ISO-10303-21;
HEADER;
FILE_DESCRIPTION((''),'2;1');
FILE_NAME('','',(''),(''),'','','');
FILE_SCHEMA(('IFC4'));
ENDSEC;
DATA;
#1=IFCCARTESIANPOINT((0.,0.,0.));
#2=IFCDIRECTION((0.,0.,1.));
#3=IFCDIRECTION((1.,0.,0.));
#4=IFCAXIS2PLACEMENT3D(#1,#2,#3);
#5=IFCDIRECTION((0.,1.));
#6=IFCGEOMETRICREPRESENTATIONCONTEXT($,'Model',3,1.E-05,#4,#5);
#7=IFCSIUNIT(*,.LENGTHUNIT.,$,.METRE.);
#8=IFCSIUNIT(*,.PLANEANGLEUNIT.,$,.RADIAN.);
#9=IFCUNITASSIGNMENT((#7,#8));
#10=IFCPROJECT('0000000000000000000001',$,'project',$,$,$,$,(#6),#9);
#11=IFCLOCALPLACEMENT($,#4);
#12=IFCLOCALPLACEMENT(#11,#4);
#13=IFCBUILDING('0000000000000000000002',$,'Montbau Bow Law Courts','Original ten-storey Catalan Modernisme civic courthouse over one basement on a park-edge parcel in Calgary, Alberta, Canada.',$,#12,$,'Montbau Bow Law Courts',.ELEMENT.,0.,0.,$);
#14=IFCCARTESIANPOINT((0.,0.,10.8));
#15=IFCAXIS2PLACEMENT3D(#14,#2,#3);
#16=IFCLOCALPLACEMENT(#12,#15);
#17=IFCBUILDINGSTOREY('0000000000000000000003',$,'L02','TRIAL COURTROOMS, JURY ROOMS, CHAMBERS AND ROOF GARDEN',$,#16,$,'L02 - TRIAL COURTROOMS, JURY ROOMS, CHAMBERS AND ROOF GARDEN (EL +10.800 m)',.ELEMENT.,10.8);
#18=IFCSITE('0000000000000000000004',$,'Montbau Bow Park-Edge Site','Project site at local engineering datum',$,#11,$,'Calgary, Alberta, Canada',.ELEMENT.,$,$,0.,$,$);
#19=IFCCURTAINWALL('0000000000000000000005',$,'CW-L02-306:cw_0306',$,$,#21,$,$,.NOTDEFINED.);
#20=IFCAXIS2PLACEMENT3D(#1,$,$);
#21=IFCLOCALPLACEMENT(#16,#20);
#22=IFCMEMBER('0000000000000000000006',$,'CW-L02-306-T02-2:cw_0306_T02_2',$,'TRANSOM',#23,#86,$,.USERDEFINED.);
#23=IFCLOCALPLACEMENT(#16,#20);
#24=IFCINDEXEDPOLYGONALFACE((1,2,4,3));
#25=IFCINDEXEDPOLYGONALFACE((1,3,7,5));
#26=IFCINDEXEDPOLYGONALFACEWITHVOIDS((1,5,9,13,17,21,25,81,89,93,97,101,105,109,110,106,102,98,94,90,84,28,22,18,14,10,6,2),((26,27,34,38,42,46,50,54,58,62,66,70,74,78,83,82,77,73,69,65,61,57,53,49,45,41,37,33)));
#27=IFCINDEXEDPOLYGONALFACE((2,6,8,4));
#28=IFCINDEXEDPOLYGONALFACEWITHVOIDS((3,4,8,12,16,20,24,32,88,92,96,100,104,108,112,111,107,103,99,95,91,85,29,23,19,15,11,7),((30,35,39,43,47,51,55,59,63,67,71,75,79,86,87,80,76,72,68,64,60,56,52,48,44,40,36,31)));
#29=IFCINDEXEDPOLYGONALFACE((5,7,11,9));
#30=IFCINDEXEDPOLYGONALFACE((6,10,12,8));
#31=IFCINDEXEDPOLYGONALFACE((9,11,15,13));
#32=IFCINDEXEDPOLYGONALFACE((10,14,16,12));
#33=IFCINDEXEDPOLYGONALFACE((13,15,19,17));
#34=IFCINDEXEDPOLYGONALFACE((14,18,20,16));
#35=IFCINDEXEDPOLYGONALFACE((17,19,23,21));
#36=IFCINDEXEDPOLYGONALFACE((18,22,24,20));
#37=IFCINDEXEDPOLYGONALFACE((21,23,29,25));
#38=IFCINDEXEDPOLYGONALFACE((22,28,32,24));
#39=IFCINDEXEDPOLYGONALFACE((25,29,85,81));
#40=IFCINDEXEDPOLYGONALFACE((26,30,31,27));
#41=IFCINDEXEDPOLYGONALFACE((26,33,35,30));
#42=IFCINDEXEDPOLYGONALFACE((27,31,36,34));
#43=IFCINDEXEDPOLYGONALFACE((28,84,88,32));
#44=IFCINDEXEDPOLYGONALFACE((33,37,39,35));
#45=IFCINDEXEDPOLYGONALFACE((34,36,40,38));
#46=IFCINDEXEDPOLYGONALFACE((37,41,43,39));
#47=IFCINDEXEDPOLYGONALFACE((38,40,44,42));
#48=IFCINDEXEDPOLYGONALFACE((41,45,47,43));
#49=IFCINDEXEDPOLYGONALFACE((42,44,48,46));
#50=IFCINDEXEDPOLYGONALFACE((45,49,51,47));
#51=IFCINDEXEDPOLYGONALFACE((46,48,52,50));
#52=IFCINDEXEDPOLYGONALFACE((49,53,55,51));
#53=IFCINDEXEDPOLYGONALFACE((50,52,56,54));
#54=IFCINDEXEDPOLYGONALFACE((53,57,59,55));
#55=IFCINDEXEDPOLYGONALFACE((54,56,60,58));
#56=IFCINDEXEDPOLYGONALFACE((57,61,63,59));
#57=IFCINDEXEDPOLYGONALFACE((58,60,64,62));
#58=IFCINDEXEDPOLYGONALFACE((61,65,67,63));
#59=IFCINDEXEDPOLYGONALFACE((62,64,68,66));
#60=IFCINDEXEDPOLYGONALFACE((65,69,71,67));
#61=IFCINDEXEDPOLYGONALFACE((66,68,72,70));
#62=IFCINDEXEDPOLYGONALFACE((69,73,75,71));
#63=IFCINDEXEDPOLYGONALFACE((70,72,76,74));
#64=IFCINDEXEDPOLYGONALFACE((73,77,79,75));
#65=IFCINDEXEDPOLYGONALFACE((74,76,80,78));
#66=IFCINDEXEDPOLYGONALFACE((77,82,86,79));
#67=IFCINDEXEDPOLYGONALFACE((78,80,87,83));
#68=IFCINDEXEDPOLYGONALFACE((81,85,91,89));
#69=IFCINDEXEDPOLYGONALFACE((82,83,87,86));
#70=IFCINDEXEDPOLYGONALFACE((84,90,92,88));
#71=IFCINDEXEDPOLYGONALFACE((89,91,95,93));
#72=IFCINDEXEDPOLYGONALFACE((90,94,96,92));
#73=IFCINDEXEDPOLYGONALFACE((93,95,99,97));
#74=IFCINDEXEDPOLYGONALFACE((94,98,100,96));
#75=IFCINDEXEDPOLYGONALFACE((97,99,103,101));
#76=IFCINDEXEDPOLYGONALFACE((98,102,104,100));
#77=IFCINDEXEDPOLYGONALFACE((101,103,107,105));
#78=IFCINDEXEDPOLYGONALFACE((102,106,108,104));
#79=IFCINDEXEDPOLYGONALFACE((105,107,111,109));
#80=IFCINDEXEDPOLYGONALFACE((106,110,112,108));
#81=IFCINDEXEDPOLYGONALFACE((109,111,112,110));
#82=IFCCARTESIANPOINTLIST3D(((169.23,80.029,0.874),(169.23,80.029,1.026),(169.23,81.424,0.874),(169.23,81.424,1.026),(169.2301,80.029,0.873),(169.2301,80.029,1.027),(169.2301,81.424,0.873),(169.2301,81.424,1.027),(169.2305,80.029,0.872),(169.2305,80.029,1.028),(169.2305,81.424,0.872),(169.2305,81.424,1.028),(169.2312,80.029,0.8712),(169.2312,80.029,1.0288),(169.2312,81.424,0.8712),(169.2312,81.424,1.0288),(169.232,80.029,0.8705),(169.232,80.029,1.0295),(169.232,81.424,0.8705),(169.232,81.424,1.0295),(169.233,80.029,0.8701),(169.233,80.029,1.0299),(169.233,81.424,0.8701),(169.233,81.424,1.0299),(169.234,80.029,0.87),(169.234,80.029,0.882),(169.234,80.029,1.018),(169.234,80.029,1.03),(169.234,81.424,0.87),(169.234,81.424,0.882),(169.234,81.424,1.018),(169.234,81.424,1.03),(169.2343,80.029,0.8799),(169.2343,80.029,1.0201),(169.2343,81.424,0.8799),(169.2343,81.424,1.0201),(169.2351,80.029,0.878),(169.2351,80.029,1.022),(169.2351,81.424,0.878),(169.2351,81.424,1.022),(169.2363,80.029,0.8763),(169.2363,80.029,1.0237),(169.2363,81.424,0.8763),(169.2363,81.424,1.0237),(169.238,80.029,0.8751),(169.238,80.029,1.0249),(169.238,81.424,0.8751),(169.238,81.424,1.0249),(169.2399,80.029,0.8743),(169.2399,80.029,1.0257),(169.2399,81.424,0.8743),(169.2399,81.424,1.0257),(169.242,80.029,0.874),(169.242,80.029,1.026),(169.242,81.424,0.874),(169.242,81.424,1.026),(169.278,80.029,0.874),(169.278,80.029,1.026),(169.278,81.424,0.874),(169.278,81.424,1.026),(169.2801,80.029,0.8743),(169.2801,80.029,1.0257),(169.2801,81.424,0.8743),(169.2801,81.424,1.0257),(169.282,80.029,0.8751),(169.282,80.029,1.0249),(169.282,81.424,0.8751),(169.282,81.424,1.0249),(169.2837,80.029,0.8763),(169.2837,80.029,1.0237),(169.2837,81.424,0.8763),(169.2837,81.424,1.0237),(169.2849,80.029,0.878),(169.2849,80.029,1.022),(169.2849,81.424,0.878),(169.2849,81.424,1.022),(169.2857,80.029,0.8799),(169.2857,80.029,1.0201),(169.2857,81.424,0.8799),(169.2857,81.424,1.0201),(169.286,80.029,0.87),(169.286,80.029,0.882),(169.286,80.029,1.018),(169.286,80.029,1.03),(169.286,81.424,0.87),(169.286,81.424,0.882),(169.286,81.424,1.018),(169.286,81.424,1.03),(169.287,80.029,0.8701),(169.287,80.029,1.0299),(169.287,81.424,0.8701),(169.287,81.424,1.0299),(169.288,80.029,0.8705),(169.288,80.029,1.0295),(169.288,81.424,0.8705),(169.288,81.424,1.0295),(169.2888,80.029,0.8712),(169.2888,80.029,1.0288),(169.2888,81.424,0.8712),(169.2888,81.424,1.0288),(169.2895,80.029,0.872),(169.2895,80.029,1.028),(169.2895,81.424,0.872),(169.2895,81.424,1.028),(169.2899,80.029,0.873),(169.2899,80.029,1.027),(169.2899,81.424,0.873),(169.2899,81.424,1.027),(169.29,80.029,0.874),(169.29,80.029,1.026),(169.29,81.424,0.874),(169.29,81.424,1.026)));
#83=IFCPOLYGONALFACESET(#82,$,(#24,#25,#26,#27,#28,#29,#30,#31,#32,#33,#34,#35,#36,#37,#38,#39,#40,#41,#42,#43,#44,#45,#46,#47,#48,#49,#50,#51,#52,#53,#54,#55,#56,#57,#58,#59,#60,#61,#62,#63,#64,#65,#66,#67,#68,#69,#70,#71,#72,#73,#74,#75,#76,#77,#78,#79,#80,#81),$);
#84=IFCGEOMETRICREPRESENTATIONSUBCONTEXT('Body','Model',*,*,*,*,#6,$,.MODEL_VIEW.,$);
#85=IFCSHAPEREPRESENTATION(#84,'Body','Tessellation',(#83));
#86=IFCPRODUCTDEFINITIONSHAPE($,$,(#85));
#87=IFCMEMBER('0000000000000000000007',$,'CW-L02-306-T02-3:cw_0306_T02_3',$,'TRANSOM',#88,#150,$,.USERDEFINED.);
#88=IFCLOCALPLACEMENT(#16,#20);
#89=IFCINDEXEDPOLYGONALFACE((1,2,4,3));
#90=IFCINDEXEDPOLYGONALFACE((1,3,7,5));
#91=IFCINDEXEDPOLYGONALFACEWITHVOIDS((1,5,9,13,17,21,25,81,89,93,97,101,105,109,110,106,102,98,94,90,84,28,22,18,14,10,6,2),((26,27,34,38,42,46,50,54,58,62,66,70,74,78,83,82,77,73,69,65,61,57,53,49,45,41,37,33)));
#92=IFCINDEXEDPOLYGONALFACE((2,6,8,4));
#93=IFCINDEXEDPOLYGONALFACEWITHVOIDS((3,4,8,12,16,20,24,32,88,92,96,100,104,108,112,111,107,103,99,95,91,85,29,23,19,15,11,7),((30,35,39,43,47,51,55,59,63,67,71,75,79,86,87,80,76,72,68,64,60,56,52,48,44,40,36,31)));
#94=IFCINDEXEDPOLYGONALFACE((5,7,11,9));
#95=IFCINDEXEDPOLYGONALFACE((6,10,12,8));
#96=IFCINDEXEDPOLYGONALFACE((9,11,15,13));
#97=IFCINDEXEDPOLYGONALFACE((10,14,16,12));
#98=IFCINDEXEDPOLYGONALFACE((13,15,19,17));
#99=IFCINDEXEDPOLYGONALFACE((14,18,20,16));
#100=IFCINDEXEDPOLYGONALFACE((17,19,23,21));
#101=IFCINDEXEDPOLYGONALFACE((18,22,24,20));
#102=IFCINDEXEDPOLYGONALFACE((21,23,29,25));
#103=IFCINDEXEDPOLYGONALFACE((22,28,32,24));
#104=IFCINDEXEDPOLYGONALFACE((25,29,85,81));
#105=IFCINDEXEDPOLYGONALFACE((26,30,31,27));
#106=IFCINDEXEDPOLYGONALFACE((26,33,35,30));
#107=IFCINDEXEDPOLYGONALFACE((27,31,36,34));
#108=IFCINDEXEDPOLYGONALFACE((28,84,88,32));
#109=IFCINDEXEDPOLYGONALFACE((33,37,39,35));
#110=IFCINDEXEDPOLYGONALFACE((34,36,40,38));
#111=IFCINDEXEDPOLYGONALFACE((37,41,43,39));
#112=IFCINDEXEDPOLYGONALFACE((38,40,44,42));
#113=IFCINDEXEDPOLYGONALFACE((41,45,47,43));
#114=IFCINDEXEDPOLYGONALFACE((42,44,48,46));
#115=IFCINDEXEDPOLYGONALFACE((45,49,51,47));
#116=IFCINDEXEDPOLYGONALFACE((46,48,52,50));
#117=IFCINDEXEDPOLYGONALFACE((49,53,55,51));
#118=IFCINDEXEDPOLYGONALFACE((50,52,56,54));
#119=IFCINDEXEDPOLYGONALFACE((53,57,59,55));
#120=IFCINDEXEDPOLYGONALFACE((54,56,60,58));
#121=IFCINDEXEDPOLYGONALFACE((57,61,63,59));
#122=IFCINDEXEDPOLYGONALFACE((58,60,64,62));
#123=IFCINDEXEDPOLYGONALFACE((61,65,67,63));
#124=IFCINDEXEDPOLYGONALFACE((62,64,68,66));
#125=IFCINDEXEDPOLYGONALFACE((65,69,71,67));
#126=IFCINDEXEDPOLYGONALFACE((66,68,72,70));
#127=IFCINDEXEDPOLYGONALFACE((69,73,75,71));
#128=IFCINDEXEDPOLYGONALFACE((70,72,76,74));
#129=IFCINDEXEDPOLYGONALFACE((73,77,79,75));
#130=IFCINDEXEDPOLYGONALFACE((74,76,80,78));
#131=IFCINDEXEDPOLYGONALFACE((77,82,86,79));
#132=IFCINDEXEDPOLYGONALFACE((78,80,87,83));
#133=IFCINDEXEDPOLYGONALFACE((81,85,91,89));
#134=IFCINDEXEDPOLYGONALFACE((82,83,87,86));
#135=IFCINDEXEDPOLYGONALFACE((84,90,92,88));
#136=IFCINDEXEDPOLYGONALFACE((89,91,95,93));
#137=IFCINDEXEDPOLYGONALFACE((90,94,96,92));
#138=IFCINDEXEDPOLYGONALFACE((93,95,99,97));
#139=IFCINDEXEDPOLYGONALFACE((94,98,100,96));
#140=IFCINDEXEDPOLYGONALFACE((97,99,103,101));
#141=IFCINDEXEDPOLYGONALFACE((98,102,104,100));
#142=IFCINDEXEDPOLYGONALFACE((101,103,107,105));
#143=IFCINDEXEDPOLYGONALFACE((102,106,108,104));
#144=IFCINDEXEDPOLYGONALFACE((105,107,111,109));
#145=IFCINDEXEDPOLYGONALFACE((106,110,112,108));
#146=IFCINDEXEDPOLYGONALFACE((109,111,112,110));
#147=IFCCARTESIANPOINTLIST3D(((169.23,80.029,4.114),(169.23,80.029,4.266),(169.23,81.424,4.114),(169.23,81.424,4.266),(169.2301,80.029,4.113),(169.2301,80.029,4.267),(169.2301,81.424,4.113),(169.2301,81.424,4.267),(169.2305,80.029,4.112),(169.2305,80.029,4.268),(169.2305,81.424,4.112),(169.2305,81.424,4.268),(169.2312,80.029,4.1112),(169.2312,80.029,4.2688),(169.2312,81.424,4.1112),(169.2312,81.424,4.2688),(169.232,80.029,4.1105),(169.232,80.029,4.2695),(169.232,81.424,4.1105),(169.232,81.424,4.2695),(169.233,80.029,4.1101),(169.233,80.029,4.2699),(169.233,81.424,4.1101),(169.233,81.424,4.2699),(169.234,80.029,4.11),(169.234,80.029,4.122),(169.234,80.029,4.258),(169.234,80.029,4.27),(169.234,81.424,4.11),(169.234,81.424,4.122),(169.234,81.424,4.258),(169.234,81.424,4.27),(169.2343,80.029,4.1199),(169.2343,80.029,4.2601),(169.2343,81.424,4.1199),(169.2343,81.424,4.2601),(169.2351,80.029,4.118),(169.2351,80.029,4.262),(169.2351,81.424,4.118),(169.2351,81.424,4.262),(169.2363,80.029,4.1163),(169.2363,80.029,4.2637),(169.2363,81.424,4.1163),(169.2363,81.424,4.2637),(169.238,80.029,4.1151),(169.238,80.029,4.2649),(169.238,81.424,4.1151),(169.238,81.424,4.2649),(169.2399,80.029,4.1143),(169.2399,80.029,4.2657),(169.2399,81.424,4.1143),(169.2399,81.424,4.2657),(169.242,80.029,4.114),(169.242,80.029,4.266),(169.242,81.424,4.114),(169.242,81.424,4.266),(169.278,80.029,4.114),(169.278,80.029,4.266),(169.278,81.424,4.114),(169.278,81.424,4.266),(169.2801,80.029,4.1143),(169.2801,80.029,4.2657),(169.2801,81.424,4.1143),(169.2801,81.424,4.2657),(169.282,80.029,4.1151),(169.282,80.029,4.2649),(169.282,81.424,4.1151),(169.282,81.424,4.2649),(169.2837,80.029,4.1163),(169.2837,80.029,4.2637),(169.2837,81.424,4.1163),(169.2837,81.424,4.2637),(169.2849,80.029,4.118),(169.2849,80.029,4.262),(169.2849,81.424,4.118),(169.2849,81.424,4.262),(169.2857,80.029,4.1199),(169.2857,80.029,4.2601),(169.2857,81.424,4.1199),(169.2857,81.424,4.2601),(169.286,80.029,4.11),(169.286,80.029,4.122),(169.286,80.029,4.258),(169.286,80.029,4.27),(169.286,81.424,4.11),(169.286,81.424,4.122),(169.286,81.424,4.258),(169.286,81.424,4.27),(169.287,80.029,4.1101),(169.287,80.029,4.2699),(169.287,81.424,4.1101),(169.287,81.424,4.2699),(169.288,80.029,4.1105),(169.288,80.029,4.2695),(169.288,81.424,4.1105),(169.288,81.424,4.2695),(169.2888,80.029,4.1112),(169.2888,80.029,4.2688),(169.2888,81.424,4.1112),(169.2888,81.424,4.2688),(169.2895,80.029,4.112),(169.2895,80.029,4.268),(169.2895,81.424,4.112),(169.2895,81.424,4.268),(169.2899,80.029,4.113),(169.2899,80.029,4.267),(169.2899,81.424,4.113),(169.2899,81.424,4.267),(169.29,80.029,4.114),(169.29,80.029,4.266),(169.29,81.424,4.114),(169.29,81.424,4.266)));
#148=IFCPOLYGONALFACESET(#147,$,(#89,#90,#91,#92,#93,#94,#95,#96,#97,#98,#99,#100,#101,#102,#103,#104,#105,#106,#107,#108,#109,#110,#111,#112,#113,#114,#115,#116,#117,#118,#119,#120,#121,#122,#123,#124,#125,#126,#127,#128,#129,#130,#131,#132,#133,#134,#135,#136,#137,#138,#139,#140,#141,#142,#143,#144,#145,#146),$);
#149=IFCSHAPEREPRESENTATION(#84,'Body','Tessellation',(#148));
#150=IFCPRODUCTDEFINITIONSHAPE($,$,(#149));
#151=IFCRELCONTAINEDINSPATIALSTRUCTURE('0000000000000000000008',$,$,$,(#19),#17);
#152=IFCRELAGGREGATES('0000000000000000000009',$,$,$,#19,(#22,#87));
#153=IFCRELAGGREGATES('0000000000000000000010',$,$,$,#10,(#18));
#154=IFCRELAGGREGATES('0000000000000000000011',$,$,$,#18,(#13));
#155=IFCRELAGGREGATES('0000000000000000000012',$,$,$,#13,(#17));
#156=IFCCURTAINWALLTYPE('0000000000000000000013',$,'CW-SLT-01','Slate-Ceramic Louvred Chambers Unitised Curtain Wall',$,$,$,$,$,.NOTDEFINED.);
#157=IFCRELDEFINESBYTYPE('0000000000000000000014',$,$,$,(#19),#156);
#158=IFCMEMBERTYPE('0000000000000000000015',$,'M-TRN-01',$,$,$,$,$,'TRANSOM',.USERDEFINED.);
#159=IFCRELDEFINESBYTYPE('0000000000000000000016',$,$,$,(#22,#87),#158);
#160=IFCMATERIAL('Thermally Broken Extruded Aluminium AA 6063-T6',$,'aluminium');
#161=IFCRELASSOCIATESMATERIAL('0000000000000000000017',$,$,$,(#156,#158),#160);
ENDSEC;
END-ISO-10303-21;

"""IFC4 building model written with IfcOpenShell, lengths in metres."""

from ifc_helpers import new_model, si_unit, direction, frame, origin_with_axes, origin_2d_with_axis, place, context, subcontext, project, spatial, hollow_rectangle, extrude, material, material_profile, profile_set, type_object, element, aggregate, save


model = new_model("IFC4")

# Units and contexts
model_context = context("Model", 3, precision=1e-05, world=origin_with_axes(), true_north=direction((0.0, 1.0)))
body_context = subcontext(model_context, "Body", "Model", "MODEL_VIEW")
ifc_project = project(units=[si_unit("LENGTHUNIT", "METRE"), si_unit("PLANEANGLEUNIT", "RADIAN")], contexts=[model_context])

# Site, building, storey
site_placement = place(None, origin_with_axes())
site = spatial("IfcSite", under=ifc_project, at=site_placement, Name="Montbau Bow Park-Edge Site", Description="Project site at local engineering datum", LongName="Calgary, Alberta, Canada", CompositionType="ELEMENT", RefElevation=0.0)
building_placement = place(site_placement, origin_with_axes())
building = spatial("IfcBuilding", under=site, at=building_placement, Name="Montbau Bow Law Courts", Description="Original ten-storey Catalan Modernisme civic courthouse over one basement on a park-edge parcel in Calgary, Alberta, Canada.", LongName="Montbau Bow Law Courts", CompositionType="ELEMENT", ElevationOfRefHeight=0.0, ElevationOfTerrain=0.0)
storey_placement = place(building_placement, frame((0.0, 0.0, 10.8), z_axis=(0.0, 0.0, 1.0), x_axis=(1.0, 0.0, 0.0)))
storey = spatial("IfcBuildingStorey", under=building, at=storey_placement, Name="L02", Description="TRIAL COURTROOMS, JURY ROOMS, CHAMBERS AND ROOF GARDEN", LongName="L02 - TRIAL COURTROOMS, JURY ROOMS, CHAMBERS AND ROOF GARDEN (EL +10.800 m)", CompositionType="ELEMENT", Elevation=10.8)

# Curtain wall
ifc_material_1 = material(Name="Thermally Broken Extruded Aluminium AA 6063-T6", Category="aluminium")
curtain_wall_type = type_object("IfcCurtainWallType", Name="CW-SLT-01", Description="Slate-Ceramic Louvred Chambers Unitised Curtain Wall", PredefinedType="NOTDEFINED", material=ifc_material_1)
curtain_wall_1_placement = place(None, frame((169.26, 78.515, 10.8), z_axis=(0.0, 0.0, 1.0), x_axis=(1.0, 0.0, 0.0)))
curtain_wall_1 = element("IfcCurtainWall", 1, at=curtain_wall_1_placement, inside=storey, type_object=curtain_wall_type, Name="CW-L02-306:cw_0306", PredefinedType="NOTDEFINED")

# Members
ifc_material_profile_1 = material_profile(ifc_material_1, hollow_rectangle(XDim=0.06, YDim=0.16, WallThickness=0.004, InnerFilletRadius=0.008, OuterFilletRadius=0.004, at=origin_2d_with_axis()), Name="CWT-160X60", Category="Main", Priority=0)
ifc_profile_set_1 = profile_set([ifc_material_profile_1], Name="Thermally Broken Extruded Aluminium AA 6063-T6")
member_type_1 = type_object("IfcMemberType", Name="M-TRN-01", ElementType="TRANSOM", PredefinedType="USERDEFINED", material=ifc_profile_set_1)
member_1_placement = place(None, frame((169.26, 80.029, 11.75), z_axis=(0.0, 1.0, 0.0), x_axis=(-1.0, 0.0, 0.0)))
member_1 = element("IfcMember", 2, at=member_1_placement, type_object=member_type_1, Name="CW-L02-306-T02-2:cw_0306_T02_2", ObjectType="TRANSOM", PredefinedType="USERDEFINED", context=body_context, shape_type="SweptSolid", body=[
    extrude(hollow_rectangle(XDim=0.06, YDim=0.16, WallThickness=0.004, InnerFilletRadius=0.008, OuterFilletRadius=0.004, at=origin_2d_with_axis()), origin_with_axes(), (0.0, 0.0, 1.0), 1.395),
])
member_2_placement = place(None, frame((169.26, 80.029, 14.99), z_axis=(0.0, 1.0, 0.0), x_axis=(-1.0, 0.0, 0.0)))
member_2 = element("IfcMember", 3, at=member_2_placement, type_object=member_type_1, Name="CW-L02-306-T02-3:cw_0306_T02_3", ObjectType="TRANSOM", PredefinedType="USERDEFINED", context=body_context, shape_type="SweptSolid", body=[
    extrude(hollow_rectangle(XDim=0.06, YDim=0.16, WallThickness=0.004, InnerFilletRadius=0.008, OuterFilletRadius=0.004, at=origin_2d_with_axis()), origin_with_axes(), (0.0, 0.0, 1.0), 1.395),
])

aggregate(curtain_wall_1, [member_1, member_2])

save(model, "model.ifc")
